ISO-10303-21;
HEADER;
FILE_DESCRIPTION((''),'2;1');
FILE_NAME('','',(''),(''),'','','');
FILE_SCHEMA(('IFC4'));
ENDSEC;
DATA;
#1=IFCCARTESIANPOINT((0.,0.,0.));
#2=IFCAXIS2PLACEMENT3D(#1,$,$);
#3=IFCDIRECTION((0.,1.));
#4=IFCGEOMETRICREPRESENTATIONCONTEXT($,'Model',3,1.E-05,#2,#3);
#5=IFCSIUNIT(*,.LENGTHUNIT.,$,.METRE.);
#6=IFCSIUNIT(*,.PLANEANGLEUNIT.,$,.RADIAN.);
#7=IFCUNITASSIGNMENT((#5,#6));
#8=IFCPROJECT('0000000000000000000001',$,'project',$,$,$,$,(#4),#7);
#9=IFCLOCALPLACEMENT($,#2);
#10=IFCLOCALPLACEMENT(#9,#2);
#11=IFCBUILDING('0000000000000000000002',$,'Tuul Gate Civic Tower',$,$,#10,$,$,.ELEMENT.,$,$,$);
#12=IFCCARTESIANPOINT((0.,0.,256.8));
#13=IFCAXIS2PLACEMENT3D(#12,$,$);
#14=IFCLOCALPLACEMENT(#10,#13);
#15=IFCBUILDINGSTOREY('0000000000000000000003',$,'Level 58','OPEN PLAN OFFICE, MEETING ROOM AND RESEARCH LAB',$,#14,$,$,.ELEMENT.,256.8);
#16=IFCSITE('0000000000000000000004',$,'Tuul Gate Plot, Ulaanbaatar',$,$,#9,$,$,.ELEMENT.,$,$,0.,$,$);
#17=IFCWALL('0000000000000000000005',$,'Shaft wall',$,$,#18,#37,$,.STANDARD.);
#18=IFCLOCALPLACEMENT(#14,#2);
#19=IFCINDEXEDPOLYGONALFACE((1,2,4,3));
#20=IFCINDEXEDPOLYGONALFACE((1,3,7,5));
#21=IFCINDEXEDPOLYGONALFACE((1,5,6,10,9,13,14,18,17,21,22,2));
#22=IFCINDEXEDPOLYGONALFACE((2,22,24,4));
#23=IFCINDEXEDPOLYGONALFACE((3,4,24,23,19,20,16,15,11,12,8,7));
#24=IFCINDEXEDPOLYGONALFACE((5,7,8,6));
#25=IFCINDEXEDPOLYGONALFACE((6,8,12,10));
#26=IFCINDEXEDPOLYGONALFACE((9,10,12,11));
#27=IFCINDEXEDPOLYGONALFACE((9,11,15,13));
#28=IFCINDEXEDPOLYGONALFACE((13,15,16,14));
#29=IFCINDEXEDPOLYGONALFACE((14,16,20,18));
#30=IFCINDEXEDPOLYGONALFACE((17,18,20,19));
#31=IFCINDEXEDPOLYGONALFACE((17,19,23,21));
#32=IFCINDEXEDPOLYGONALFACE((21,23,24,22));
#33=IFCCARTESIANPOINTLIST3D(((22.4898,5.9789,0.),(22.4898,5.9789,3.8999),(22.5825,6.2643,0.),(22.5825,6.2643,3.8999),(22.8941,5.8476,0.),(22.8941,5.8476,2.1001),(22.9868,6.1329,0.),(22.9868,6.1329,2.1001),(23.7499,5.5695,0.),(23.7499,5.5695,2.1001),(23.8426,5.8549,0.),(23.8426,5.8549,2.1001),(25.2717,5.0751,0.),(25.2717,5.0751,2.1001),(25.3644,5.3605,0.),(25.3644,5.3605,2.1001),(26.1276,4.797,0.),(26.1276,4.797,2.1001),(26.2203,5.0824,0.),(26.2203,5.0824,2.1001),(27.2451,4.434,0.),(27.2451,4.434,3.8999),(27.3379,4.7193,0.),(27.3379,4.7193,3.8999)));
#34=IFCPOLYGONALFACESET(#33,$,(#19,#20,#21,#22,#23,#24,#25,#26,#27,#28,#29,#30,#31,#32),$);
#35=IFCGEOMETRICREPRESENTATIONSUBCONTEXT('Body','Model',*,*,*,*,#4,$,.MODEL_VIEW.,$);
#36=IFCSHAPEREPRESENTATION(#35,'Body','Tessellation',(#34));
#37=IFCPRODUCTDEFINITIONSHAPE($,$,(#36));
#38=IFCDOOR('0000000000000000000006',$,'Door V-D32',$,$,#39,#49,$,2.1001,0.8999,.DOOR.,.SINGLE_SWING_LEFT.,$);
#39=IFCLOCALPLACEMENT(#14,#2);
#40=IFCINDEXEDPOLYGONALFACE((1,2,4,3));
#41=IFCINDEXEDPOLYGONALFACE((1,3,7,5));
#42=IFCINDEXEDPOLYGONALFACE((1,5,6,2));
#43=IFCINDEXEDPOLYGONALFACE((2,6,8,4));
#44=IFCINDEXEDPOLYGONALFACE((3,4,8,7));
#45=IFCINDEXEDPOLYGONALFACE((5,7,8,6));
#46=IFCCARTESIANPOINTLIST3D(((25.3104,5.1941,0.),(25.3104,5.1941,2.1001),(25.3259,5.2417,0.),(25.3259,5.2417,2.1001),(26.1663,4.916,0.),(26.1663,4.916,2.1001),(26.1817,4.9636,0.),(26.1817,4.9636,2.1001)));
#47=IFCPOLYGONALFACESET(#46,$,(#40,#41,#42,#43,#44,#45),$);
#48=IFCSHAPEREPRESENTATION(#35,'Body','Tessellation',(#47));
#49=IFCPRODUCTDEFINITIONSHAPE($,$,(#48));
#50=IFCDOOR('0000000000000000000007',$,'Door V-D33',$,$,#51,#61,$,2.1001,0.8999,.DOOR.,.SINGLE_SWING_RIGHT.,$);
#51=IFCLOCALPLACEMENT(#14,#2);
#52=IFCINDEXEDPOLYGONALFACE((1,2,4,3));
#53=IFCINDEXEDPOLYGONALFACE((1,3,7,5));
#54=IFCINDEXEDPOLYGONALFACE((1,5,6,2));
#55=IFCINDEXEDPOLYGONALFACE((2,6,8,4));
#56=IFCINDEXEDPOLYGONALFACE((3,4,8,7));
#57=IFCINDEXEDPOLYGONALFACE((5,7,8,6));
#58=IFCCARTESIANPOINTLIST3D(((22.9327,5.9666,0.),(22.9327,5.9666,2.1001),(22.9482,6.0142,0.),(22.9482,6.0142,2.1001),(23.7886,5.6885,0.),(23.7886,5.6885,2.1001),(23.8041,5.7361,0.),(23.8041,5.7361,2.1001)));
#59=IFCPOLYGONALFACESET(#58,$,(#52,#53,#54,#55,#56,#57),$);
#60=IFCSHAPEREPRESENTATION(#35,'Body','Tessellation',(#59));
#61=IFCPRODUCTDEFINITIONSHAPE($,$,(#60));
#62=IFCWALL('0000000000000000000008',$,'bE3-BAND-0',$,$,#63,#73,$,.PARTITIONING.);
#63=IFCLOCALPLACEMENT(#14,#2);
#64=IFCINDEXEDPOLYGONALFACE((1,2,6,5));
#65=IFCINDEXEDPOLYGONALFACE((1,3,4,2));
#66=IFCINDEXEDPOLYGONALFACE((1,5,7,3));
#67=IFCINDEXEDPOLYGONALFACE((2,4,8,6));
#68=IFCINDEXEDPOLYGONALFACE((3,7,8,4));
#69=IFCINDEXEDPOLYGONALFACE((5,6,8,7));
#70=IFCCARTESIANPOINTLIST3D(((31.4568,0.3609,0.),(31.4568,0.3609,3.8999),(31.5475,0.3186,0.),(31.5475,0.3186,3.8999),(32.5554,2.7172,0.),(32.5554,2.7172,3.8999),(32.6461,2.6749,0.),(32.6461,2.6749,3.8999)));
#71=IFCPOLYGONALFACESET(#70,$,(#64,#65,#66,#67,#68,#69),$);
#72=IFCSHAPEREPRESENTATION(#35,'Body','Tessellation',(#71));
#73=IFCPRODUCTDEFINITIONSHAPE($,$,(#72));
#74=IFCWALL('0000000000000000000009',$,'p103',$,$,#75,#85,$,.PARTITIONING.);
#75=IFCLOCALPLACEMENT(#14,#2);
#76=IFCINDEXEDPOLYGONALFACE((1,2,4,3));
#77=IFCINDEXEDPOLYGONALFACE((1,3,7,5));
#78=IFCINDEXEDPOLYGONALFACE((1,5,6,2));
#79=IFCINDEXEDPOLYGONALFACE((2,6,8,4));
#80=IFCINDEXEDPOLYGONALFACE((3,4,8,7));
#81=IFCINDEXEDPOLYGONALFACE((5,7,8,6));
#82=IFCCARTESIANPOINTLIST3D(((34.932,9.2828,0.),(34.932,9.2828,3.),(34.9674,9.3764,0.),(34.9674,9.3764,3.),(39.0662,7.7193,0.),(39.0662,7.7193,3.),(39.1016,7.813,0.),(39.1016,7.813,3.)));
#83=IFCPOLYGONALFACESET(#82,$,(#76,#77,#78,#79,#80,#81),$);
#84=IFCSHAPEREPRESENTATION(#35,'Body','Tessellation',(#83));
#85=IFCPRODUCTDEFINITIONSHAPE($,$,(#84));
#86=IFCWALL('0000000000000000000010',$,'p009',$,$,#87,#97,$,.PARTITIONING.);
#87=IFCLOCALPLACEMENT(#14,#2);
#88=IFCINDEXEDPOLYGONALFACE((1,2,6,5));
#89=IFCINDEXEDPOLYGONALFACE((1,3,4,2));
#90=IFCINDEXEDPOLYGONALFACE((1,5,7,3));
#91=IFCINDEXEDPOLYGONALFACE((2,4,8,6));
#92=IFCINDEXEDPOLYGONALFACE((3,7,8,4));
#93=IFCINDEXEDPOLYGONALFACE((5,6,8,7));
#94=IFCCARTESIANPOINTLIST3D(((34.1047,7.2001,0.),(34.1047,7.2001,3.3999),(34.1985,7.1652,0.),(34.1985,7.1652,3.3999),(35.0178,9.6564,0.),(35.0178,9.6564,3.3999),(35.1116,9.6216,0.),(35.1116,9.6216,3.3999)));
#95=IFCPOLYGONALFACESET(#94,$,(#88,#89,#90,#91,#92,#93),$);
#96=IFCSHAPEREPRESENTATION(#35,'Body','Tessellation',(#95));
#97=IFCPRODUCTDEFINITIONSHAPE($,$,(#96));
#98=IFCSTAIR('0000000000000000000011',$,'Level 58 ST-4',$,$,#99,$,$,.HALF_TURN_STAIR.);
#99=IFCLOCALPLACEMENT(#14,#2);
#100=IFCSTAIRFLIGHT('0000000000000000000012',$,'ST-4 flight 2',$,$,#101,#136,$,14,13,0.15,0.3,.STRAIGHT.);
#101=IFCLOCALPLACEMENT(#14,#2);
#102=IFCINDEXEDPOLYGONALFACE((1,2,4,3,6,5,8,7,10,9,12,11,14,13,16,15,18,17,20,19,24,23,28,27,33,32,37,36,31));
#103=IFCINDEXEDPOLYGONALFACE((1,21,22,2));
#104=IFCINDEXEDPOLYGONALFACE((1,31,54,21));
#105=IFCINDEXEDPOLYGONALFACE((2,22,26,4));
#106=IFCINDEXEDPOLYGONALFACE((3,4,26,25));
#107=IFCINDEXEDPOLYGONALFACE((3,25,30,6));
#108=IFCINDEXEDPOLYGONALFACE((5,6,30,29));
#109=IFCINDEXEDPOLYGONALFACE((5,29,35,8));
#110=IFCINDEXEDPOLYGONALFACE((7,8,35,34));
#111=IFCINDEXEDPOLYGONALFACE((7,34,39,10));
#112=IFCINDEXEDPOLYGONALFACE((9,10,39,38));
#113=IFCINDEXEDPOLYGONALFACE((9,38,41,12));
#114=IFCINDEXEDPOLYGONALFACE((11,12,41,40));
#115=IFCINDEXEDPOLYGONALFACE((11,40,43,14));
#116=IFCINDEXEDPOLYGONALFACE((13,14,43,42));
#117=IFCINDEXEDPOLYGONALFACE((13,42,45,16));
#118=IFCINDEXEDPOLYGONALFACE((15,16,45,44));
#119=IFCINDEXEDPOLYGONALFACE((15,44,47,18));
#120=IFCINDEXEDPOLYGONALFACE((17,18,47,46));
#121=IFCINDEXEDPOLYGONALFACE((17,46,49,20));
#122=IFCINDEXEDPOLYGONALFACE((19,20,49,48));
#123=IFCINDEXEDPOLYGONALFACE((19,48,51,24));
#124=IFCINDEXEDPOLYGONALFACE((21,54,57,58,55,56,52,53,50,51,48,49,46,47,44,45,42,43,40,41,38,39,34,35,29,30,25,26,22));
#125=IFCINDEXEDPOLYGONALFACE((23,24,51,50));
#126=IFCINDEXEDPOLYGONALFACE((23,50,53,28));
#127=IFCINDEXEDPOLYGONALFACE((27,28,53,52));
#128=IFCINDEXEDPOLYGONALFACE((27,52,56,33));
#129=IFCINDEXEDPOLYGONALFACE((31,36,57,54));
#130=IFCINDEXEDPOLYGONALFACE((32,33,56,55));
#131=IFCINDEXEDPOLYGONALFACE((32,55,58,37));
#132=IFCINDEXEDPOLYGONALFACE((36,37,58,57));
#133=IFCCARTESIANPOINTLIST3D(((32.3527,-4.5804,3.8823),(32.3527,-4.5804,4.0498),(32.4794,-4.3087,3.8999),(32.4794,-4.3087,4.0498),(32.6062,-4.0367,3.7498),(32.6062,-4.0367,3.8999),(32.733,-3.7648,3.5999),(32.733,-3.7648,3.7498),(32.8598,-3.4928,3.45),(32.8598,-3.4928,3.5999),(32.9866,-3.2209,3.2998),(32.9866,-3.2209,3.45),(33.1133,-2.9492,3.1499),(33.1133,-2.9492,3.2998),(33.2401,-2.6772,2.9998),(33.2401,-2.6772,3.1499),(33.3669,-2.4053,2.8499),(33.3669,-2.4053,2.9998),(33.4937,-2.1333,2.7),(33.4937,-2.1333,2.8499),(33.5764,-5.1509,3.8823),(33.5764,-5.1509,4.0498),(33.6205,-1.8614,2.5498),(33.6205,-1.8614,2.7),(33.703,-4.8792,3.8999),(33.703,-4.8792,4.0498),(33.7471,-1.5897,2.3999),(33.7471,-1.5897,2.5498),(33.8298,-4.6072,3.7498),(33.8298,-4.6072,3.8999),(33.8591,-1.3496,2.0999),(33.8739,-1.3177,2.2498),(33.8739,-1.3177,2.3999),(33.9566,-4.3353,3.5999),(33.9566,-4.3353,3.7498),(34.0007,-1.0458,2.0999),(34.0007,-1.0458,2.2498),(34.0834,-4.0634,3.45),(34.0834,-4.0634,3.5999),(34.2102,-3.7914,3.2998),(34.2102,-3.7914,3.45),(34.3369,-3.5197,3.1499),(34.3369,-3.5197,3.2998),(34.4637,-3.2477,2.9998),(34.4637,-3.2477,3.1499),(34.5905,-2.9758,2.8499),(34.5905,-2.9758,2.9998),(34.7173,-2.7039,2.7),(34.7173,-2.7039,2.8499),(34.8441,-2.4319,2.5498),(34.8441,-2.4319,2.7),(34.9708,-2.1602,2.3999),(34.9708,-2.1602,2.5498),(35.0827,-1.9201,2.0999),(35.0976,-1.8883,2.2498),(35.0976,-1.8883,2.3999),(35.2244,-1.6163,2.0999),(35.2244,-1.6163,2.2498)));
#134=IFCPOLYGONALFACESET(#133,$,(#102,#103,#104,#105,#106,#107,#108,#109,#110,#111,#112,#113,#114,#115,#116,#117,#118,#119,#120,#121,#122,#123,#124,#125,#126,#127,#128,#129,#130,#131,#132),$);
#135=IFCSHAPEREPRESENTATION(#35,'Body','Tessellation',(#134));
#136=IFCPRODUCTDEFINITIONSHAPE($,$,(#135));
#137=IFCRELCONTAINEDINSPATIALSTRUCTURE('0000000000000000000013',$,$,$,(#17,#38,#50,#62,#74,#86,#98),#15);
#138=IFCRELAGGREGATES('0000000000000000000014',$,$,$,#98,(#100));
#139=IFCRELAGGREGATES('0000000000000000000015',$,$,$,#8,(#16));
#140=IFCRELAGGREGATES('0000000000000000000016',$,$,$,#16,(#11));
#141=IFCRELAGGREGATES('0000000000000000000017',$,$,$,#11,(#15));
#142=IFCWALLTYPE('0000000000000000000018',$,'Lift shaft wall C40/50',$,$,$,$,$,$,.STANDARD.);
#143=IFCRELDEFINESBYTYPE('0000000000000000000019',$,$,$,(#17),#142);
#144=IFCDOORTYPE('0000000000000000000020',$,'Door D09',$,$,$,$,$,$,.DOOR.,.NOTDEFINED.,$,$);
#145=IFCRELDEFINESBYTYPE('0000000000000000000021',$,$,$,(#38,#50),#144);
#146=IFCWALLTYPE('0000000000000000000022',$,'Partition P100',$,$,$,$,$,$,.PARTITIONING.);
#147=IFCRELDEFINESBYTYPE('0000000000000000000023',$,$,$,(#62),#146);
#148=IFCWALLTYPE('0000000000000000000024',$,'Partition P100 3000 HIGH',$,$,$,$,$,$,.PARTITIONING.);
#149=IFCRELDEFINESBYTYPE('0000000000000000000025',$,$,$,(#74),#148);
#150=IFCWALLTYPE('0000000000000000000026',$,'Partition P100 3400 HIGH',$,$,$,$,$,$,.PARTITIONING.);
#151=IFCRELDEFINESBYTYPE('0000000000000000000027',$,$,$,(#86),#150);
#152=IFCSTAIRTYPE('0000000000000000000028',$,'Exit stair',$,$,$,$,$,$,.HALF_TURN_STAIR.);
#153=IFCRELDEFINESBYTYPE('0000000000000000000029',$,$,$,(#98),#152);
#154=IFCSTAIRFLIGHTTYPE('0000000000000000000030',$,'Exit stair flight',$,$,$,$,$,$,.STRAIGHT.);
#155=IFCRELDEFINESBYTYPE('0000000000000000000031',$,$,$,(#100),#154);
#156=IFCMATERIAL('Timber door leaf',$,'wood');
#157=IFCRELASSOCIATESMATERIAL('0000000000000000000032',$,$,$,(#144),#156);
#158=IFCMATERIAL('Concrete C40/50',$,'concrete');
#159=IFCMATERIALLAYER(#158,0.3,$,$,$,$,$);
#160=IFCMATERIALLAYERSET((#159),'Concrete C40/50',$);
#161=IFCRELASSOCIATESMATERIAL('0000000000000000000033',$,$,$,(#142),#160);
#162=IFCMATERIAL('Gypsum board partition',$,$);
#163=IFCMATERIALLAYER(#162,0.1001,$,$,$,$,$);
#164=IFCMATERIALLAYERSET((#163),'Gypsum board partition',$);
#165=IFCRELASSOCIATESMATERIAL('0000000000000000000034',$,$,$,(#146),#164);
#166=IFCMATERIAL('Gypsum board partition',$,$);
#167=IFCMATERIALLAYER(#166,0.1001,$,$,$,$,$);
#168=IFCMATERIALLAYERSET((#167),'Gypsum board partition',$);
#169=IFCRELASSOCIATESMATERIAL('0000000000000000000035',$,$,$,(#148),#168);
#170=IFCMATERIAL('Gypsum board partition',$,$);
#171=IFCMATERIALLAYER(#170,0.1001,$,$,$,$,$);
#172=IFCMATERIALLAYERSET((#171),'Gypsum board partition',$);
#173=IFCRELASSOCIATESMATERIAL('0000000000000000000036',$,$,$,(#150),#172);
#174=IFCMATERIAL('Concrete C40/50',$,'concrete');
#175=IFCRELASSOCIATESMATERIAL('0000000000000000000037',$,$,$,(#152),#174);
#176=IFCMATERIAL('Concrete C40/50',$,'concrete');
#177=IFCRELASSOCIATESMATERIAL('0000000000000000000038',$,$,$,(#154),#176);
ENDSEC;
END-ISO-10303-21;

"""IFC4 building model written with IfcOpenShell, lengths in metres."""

from ifc_helpers import new_model, si_unit, direction, frame, frame_2d, origin, place, context, subcontext, project, spatial, polyline, rectangle, outline, extrude, material, layer, layer_set, type_object, element, fill, aggregate, save


model = new_model("IFC4")

# Units and contexts
model_context = context("Model", 3, precision=1e-05, world=origin(), true_north=direction((0.0, 1.0)))
body_context = subcontext(model_context, "Body", "Model", "MODEL_VIEW")
ifc_project = project(units=[si_unit("LENGTHUNIT", "METRE"), si_unit("PLANEANGLEUNIT", "RADIAN")], contexts=[model_context])

# Site, building, storey
site_placement = place(None, origin())
site = spatial("IfcSite", under=ifc_project, at=site_placement, Name="Tuul Gate Plot, Ulaanbaatar", CompositionType="ELEMENT", RefElevation=0.0)
building_placement = place(site_placement, origin())
building = spatial("IfcBuilding", under=site, at=building_placement, Name="Tuul Gate Civic Tower", CompositionType="ELEMENT")
storey_placement = place(building_placement, frame((0.0, 0.0, 256.8)))
storey = spatial("IfcBuildingStorey", under=building, at=storey_placement, Name="Level 58", Description="OPEN PLAN OFFICE, MEETING ROOM AND RESEARCH LAB", CompositionType="ELEMENT", Elevation=256.8)

# Shared definitions
ifc_material_1 = material(Name="Timber door leaf", Category="wood")
door_type = type_object("IfcDoorType", Name="Door D09", OperationType="NOTDEFINED", PredefinedType="DOOR", material=ifc_material_1)

# Wall, openings, doors
ifc_material_2 = material(Name="Concrete C40/50", Category="concrete")
ifc_layer_1 = layer(ifc_material_2, 0.3)
ifc_layer_set_1 = layer_set([ifc_layer_1], Name="Concrete C40/50")
wall_type_1 = type_object("IfcWallType", Name="Lift shaft wall C40/50", PredefinedType="STANDARD", material=ifc_layer_set_1)
wall_1_placement = place(storey_placement, frame((27.2915, 4.5767, 0.0), z_axis=(0.0, 0.0, 1.0), x_axis=(-0.951068, 0.308982, 0.0)))
wall_1 = element("IfcWall", 1, at=wall_1_placement, inside=storey, type_object=wall_type_1, Name="Shaft wall", PredefinedType="STANDARD", context=body_context, shape_type="SweptSolid", body=[
    extrude(rectangle(XDim=5.0, YDim=0.3, at=frame_2d((2.5, 0.0))), origin(), (0.0, 0.0, 1.0), 3.8999),
])
opening_1_placement = place(wall_1_placement, frame((1.175, 0.0, 0.0)))
opening_1 = element("IfcOpeningElement", 2, at=opening_1_placement, cuts=wall_1, PredefinedType="OPENING", context=body_context, shape_type="SweptSolid", body=[
    extrude(rectangle(XDim=0.8999, YDim=2.1001, at=frame_2d((0.45, 1.05))), frame((0.0, 0.1602, 0.0), z_axis=(0.0, -1.0, 0.0), x_axis=(1.0, 0.0, 0.0)), (0.0, 0.0, 1.0), 0.3201),
])
opening_2_placement = place(wall_1_placement, frame((3.675, 0.0, 0.0)))
opening_2 = element("IfcOpeningElement", 3, at=opening_2_placement, cuts=wall_1, PredefinedType="OPENING", context=body_context, shape_type="SweptSolid", body=[
    extrude(rectangle(XDim=0.8999, YDim=2.1001, at=frame_2d((0.45, 1.05))), frame((0.0, 0.1602, 0.0), z_axis=(0.0, -1.0, 0.0), x_axis=(1.0, 0.0, 0.0)), (0.0, 0.0, 1.0), 0.3201),
])
door_1_placement = place(opening_1_placement, origin())
door_1 = element("IfcDoor", 4, at=door_1_placement, inside=storey, type_object=door_type, Name="Door V-D32", OperationType="SINGLE_SWING_LEFT", OverallHeight=2.1001, OverallWidth=0.8999, PredefinedType="DOOR", context=body_context, shape_type="SweptSolid", body=[
    extrude(rectangle(XDim=0.8999, YDim=2.1001, at=frame_2d((0.45, 1.05))), frame((0.0, 0.0249, 0.0), z_axis=(0.0, -1.0, 0.0), x_axis=(1.0, 0.0, 0.0)), (0.0, 0.0, 1.0), 0.05),
])
fill(opening_1, door_1)
door_2_placement = place(opening_2_placement, origin())
door_2 = element("IfcDoor", 5, at=door_2_placement, inside=storey, type_object=door_type, Name="Door V-D33", OperationType="SINGLE_SWING_RIGHT", OverallHeight=2.1001, OverallWidth=0.8999, PredefinedType="DOOR", context=body_context, shape_type="SweptSolid", body=[
    extrude(rectangle(XDim=0.8999, YDim=2.1001, at=frame_2d((0.45, 1.05))), frame((0.0, 0.0249, 0.0), z_axis=(0.0, -1.0, 0.0), x_axis=(1.0, 0.0, 0.0)), (0.0, 0.0, 1.0), 0.05),
])
fill(opening_2, door_2)

# Walls
ifc_material_3 = material(Name="Gypsum board partition")
ifc_layer_2 = layer(ifc_material_3, 0.1001)
ifc_layer_set_2 = layer_set([ifc_layer_2], Name="Gypsum board partition")
wall_type_2 = type_object("IfcWallType", Name="Partition P100", PredefinedType="PARTITIONING", material=ifc_layer_set_2)
wall_2_placement = place(storey_placement, frame((31.5022, 0.3398, 0.0), z_axis=(0.0, 0.0, 1.0), x_axis=(0.422556, 0.906337, 0.0)))
element("IfcWall", 6, at=wall_2_placement, inside=storey, type_object=wall_type_2, Name="bE3-BAND-0", PredefinedType="PARTITIONING", context=body_context, shape_type="SweptSolid", body=[
    extrude(rectangle(XDim=2.5999, YDim=0.1001, at=frame_2d((1.2998, 0.0))), origin(), (0.0, 0.0, 1.0), 3.8999),
])
ifc_material_4 = material(Name="Gypsum board partition")
ifc_layer_3 = layer(ifc_material_4, 0.1001)
ifc_layer_set_3 = layer_set([ifc_layer_3], Name="Gypsum board partition")
wall_type_3 = type_object("IfcWallType", Name="Partition P100 3000 HIGH", PredefinedType="PARTITIONING", material=ifc_layer_set_3)
wall_3_placement = place(storey_placement, frame((34.9497, 9.3296, 0.0), z_axis=(0.0, 0.0, 1.0), x_axis=(0.935349, -0.353725, 0.0)))
element("IfcWall", 7, at=wall_3_placement, inside=storey, type_object=wall_type_3, Name="p103", PredefinedType="PARTITIONING", context=body_context, shape_type="SweptSolid", body=[
    extrude(rectangle(XDim=4.4199, YDim=0.1001, at=frame_2d((2.21, 0.0))), origin(), (0.0, 0.0, 1.0), 3.0),
])
ifc_material_5 = material(Name="Gypsum board partition")
ifc_layer_4 = layer(ifc_material_5, 0.1001)
ifc_layer_set_4 = layer_set([ifc_layer_4], Name="Gypsum board partition")
wall_type_4 = type_object("IfcWallType", Name="Partition P100 3400 HIGH", PredefinedType="PARTITIONING", material=ifc_layer_set_4)
wall_4_placement = place(storey_placement, frame((34.1516, 7.1826, 0.0), z_axis=(0.0, 0.0, 1.0), x_axis=(0.348437, 0.937332, 0.0)))
element("IfcWall", 8, at=wall_4_placement, inside=storey, type_object=wall_type_4, Name="p009", PredefinedType="PARTITIONING", context=body_context, shape_type="SweptSolid", body=[
    extrude(rectangle(XDim=2.6206, YDim=0.1001, at=frame_2d((1.3103, 0.0))), origin(), (0.0, 0.0, 1.0), 3.3999),
])

# Stair, stair flight
ifc_material_6 = material(Name="Concrete C40/50", Category="concrete")
stair_type = type_object("IfcStairType", Name="Exit stair", PredefinedType="HALF_TURN_STAIR", material=ifc_material_6)
stair_placement = place(storey_placement, origin())
stair = element("IfcStair", 9, at=stair_placement, inside=storey, type_object=stair_type, Name="Level 58 ST-4", PredefinedType="HALF_TURN_STAIR")
ifc_material_7 = material(Name="Concrete C40/50", Category="concrete")
stair_flight_type = type_object("IfcStairFlightType", Name="Exit stair flight", PredefinedType="STRAIGHT", material=ifc_material_7)
stair_flight_placement = place(storey_placement, frame((34.6125, -1.3311, 2.0999), z_axis=(0.0, 0.0, 1.0), x_axis=(-0.422576, -0.906327, 0.0)))
stair_flight = element("IfcStairFlight", 10, at=stair_flight_placement, type_object=stair_flight_type, Name="ST-4 flight 2", NumberOfRisers=14, NumberOfTreads=13, PredefinedType="STRAIGHT", RiserHeight=0.15, TreadLength=0.3, context=body_context, shape_type="SweptSolid", body=[
    extrude(outline(polyline([(0.0, 0.0), (0.0, 0.1499), (0.3, 0.1499), (0.3, 0.3), (0.6001, 0.3), (0.6001, 0.45), (0.8999, 0.45), (0.8999, 0.6001), (1.2, 0.6001), (1.2, 0.75), (1.5, 0.75), (1.5, 0.8999), (1.8, 0.8999), (1.8, 1.05), (2.1001, 1.05), (2.1001, 1.2), (2.3999, 1.2), (2.3999, 1.3501), (2.7, 1.3501), (2.7, 1.5), (3.0, 1.5), (3.0, 1.6499), (3.3, 1.6499), (3.3, 1.8), (3.6001, 1.8), (3.6001, 1.95), (3.8999, 1.95), (3.8999, 2.1001), (3.8999, 1.7825), (0.3352, 0.0), (0.0, 0.0)])), frame((0.0, 0.675, 0.0), z_axis=(0.0, -1.0, 0.0), x_axis=(1.0, 0.0, 0.0)), (0.0, 0.0, 1.0), 1.3501),
])
aggregate(stair, [stair_flight])

save(model, "model.ifc")
